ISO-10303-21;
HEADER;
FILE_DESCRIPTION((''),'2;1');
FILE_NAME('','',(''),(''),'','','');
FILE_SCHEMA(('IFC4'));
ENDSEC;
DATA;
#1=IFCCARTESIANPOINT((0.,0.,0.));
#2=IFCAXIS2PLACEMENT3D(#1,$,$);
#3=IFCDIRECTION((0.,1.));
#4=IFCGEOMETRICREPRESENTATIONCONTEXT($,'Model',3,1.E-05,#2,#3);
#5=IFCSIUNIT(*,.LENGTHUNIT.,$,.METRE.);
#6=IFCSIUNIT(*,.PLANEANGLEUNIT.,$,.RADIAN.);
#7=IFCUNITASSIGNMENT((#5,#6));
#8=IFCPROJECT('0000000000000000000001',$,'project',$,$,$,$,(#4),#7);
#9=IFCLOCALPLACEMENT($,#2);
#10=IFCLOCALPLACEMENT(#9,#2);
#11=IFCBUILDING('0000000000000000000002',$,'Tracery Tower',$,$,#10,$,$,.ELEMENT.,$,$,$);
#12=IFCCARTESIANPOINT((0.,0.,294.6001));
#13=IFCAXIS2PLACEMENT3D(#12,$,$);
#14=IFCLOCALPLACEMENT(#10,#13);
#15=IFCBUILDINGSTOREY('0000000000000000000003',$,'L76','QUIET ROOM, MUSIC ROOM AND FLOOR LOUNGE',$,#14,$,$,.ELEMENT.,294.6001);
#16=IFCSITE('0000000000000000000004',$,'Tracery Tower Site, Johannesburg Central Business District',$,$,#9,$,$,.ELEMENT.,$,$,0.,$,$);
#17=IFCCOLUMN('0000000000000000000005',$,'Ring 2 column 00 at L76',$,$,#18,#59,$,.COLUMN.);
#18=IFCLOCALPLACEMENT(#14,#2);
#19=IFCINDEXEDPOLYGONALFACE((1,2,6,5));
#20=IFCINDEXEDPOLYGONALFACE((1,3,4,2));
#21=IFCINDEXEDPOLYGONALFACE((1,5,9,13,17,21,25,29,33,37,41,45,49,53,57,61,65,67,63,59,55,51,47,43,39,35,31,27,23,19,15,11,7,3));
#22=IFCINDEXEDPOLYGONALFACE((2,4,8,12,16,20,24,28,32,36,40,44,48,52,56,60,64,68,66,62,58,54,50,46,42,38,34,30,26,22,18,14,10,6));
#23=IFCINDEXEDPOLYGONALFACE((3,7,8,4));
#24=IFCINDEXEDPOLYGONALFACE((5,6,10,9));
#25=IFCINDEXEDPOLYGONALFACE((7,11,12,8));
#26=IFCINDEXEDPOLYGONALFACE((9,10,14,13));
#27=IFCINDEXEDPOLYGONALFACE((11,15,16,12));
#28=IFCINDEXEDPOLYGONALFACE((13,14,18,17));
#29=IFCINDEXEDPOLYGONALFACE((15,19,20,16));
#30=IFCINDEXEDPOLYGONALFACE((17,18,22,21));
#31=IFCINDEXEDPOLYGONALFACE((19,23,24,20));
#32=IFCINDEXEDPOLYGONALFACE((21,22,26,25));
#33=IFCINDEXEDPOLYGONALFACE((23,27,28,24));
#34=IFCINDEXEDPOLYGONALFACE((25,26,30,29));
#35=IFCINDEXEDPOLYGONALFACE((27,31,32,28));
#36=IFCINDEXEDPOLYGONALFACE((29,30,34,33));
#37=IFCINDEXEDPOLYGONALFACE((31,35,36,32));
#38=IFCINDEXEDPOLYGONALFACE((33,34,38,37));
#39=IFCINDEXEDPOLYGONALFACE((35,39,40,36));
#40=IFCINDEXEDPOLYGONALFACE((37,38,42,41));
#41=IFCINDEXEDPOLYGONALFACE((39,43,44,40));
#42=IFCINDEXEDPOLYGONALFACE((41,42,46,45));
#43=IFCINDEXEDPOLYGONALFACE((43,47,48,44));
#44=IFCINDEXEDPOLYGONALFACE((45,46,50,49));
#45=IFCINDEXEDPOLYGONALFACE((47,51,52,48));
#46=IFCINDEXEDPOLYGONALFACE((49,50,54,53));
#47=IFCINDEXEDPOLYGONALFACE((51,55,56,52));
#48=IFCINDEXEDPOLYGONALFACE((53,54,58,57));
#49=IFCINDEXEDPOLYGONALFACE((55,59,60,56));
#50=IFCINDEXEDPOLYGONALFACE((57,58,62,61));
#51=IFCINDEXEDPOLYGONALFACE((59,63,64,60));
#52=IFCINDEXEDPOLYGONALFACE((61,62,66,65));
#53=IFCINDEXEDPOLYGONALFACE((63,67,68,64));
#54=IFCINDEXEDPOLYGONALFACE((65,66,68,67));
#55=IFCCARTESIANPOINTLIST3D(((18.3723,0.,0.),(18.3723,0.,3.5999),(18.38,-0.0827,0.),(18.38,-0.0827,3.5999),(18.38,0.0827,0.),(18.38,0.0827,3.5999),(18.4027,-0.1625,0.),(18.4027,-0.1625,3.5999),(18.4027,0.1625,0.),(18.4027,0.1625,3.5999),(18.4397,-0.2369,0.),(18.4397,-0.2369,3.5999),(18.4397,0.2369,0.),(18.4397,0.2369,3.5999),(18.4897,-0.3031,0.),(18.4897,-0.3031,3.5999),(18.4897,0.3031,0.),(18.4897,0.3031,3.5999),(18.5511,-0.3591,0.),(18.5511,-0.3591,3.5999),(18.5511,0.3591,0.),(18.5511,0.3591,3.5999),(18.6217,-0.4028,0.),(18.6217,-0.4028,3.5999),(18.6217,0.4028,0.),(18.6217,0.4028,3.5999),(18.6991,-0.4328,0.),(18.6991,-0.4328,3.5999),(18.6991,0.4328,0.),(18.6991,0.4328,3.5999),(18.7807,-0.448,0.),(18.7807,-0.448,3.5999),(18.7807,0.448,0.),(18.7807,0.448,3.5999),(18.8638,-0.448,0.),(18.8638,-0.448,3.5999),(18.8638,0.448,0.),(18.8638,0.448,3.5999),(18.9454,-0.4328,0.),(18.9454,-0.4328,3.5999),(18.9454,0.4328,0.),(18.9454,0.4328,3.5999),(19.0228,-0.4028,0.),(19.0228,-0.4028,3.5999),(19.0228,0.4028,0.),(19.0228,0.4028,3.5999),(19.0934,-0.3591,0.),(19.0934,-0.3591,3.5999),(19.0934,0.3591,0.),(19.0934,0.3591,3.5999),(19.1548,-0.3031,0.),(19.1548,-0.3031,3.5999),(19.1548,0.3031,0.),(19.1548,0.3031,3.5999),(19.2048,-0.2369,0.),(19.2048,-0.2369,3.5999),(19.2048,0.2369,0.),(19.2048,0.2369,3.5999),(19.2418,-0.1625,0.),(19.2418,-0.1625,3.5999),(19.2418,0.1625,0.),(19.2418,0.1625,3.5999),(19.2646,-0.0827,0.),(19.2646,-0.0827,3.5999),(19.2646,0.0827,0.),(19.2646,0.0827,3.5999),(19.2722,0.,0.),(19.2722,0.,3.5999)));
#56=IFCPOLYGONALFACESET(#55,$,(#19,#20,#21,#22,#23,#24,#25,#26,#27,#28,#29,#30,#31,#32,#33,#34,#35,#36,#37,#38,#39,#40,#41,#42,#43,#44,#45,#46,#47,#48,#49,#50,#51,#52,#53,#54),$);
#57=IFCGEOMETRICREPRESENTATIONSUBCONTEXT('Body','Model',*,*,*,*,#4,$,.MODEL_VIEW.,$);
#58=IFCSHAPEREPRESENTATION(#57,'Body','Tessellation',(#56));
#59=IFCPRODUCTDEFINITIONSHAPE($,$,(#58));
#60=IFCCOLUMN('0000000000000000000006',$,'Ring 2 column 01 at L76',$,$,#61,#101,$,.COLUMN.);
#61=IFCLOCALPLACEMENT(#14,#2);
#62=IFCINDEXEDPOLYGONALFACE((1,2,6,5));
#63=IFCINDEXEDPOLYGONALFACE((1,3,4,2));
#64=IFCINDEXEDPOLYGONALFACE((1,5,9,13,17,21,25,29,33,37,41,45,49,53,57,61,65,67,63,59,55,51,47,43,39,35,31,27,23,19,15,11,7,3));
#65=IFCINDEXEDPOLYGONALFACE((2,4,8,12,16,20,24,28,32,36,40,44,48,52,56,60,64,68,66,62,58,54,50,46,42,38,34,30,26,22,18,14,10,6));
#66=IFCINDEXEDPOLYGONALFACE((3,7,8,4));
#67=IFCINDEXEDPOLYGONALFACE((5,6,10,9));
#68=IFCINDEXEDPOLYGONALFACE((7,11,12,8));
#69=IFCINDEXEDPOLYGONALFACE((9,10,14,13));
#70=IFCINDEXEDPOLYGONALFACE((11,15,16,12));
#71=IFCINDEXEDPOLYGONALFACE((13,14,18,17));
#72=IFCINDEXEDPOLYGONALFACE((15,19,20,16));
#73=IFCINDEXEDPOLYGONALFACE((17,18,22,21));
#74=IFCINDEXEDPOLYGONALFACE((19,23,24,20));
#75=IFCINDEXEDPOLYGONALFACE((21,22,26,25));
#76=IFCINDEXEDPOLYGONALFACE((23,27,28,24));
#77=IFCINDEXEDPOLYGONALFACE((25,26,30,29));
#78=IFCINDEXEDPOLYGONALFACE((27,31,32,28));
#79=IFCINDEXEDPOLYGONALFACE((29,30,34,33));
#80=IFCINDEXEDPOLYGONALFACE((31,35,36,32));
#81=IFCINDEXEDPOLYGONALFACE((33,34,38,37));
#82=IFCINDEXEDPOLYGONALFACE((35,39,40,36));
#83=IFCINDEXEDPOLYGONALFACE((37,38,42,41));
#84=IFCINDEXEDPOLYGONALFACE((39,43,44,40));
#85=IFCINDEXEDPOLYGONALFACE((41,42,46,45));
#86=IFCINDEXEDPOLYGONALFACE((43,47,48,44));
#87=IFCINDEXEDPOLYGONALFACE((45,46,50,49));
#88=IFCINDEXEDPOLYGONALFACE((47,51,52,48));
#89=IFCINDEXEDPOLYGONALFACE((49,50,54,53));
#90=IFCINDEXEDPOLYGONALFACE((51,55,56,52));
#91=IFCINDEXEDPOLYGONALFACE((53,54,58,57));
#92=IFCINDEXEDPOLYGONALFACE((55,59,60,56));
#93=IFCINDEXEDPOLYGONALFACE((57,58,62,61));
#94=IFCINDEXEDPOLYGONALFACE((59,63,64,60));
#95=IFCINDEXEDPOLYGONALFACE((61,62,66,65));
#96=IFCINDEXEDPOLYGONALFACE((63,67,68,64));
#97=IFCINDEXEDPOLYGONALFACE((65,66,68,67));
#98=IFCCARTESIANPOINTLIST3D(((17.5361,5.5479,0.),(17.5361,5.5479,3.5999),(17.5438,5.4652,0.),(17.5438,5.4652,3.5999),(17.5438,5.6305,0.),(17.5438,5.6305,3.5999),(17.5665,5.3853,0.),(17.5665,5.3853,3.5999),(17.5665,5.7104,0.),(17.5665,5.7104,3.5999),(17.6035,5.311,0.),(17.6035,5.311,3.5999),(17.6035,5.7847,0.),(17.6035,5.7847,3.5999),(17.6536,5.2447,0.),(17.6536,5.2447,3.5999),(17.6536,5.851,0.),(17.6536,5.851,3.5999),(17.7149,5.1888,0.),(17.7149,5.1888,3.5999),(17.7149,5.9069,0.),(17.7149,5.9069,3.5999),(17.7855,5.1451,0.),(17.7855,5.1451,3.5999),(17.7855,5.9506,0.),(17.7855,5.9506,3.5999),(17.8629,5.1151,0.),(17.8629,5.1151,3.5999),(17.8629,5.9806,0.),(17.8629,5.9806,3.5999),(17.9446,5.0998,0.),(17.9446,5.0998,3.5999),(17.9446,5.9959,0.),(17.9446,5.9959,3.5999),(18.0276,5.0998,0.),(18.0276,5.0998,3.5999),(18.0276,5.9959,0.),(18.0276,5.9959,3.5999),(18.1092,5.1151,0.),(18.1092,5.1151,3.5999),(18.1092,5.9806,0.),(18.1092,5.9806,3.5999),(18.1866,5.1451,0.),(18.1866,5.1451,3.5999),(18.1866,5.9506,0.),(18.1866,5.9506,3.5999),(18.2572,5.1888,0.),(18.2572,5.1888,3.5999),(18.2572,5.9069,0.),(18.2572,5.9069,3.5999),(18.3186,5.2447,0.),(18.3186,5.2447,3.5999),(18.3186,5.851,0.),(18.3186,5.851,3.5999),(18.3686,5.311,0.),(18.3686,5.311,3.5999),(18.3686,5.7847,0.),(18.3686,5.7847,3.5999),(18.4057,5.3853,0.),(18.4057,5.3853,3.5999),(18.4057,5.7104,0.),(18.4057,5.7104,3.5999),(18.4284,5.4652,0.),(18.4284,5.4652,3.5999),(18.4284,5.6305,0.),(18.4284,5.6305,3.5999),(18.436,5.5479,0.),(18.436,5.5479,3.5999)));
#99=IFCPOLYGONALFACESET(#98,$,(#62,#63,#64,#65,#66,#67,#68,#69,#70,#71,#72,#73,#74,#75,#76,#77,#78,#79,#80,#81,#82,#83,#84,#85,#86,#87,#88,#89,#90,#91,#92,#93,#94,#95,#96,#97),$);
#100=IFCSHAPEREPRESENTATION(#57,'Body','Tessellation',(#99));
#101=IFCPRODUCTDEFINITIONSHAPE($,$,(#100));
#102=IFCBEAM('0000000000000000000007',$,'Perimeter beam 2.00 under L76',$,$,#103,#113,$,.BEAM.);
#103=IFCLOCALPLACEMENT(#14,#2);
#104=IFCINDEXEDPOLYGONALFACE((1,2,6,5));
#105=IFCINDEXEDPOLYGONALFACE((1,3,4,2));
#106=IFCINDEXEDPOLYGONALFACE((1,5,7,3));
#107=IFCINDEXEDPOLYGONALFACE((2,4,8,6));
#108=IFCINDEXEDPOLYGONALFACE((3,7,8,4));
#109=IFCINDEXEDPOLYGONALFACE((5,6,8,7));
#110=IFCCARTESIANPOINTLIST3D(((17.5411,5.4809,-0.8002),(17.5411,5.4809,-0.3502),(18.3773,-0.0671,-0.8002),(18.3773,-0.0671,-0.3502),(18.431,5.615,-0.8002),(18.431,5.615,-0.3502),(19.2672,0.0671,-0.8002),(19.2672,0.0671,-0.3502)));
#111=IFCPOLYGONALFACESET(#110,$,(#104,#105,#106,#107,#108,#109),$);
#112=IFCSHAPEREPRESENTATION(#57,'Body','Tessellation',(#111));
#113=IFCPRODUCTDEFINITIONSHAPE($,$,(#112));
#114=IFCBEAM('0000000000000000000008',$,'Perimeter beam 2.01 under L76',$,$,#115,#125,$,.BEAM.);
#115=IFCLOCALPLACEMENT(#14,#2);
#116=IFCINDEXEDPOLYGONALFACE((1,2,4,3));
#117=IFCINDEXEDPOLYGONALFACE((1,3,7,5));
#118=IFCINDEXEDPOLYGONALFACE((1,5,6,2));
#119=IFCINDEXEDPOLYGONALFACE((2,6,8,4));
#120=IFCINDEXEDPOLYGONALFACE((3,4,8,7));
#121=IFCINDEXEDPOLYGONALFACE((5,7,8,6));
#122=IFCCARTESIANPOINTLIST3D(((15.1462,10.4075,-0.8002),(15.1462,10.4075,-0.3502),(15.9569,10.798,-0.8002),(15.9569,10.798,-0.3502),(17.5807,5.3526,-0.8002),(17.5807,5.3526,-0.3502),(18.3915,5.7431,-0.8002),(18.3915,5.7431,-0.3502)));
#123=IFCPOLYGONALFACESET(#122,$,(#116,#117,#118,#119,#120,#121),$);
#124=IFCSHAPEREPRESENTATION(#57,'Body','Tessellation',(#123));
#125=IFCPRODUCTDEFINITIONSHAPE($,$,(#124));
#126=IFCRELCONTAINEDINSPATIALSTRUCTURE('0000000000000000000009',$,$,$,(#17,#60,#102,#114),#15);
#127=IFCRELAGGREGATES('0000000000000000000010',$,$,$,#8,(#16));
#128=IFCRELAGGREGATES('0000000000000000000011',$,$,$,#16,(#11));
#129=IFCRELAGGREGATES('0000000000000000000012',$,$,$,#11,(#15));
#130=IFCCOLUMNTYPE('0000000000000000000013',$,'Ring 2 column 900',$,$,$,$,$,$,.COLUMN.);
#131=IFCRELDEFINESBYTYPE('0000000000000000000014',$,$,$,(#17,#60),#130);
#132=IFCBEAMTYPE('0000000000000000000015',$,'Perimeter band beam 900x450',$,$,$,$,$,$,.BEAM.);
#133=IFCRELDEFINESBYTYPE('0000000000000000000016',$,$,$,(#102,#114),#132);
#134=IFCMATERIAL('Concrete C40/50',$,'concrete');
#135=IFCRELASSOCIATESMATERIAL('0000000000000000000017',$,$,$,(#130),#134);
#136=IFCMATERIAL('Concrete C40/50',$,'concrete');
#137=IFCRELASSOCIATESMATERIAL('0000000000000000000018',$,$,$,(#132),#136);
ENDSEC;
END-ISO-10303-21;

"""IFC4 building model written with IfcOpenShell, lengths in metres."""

from ifc_helpers import new_model, si_unit, direction, frame, origin, origin_2d, place, context, subcontext, project, spatial, rectangle, circle, extrude, material, material_profile, profile_set, type_object, element, save


model = new_model("IFC4")

# Units and contexts
model_context = context("Model", 3, precision=1e-05, world=origin(), true_north=direction((0.0, 1.0)))
body_context = subcontext(model_context, "Body", "Model", "MODEL_VIEW")
ifc_project = project(units=[si_unit("LENGTHUNIT", "METRE"), si_unit("PLANEANGLEUNIT", "RADIAN")], contexts=[model_context])

# Site, building, storey
site_placement = place(None, origin())
site = spatial("IfcSite", under=ifc_project, at=site_placement, Name="Tracery Tower Site, Johannesburg Central Business District", CompositionType="ELEMENT", RefElevation=0.0)
building_placement = place(site_placement, origin())
building = spatial("IfcBuilding", under=site, at=building_placement, Name="Tracery Tower", CompositionType="ELEMENT")
storey_placement = place(building_placement, frame((0.0, 0.0, 294.6001)))
storey = spatial("IfcBuildingStorey", under=building, at=storey_placement, Name="L76", Description="QUIET ROOM, MUSIC ROOM AND FLOOR LOUNGE", CompositionType="ELEMENT", Elevation=294.6001)

# Columns
ifc_material_1 = material(Name="Concrete C40/50", Category="concrete")
ifc_material_profile_1 = material_profile(ifc_material_1, circle(Radius=0.45, at=origin_2d()), Name="RC D900")
ifc_profile_set_1 = profile_set([ifc_material_profile_1], Name="Concrete C40/50")
column_type = type_object("IfcColumnType", Name="Ring 2 column 900", PredefinedType="COLUMN", material=ifc_profile_set_1)
for number, where, z_axis, x_axis, name in (
    (1, (18.8223, 0.0, 0.0), (0.0, 0.0, 1.0), (1.0, 0.0, 0.0), "Ring 2 column 00 at L76"),
    (2, (17.9861, 5.5479, 0.0), (0.0, 0.0, 1.0), (1.0, 0.0, 0.0), "Ring 2 column 01 at L76"),
):
    element("IfcColumn", number, at=place(storey_placement, frame(where, z_axis=z_axis, x_axis=x_axis)), inside=storey, type_object=column_type, Name=name, PredefinedType="COLUMN", context=body_context, shape_type="SweptSolid", body=[
        extrude(circle(Radius=0.45, at=origin_2d()), origin(), (0.0, 0.0, 1.0), 3.5999),
    ])

# Beams
ifc_material_2 = material(Name="Concrete C40/50", Category="concrete")
ifc_material_profile_2 = material_profile(ifc_material_2, rectangle(XDim=0.8999, YDim=0.45, at=origin_2d()), Name="RC 900x450")
ifc_profile_set_2 = profile_set([ifc_material_profile_2], Name="Concrete C40/50")
beam_type = type_object("IfcBeamType", Name="Perimeter band beam 900x450", PredefinedType="BEAM", material=ifc_profile_set_2)
for number, where, z_axis, x_axis, name in (
    (3, (18.8223, 0.0, -0.5752), (-0.149038, 0.988831, 0.0), (-0.988831, -0.149038, 0.0), "Perimeter beam 2.00 under L76"),
    (4, (17.9861, 5.5479, -0.5752), (-0.433919, 0.900952, 0.0), (-0.900952, -0.433919, 0.0), "Perimeter beam 2.01 under L76"),
):
    element("IfcBeam", number, at=place(storey_placement, frame(where, z_axis=z_axis, x_axis=x_axis)), inside=storey, type_object=beam_type, Name=name, PredefinedType="BEAM", context=body_context, shape_type="SweptSolid", body=[
        extrude(rectangle(XDim=0.8999, YDim=0.45, at=origin_2d()), origin(), (0.0, 0.0, 1.0), 5.6106),
    ])

save(model, "model.ifc")
